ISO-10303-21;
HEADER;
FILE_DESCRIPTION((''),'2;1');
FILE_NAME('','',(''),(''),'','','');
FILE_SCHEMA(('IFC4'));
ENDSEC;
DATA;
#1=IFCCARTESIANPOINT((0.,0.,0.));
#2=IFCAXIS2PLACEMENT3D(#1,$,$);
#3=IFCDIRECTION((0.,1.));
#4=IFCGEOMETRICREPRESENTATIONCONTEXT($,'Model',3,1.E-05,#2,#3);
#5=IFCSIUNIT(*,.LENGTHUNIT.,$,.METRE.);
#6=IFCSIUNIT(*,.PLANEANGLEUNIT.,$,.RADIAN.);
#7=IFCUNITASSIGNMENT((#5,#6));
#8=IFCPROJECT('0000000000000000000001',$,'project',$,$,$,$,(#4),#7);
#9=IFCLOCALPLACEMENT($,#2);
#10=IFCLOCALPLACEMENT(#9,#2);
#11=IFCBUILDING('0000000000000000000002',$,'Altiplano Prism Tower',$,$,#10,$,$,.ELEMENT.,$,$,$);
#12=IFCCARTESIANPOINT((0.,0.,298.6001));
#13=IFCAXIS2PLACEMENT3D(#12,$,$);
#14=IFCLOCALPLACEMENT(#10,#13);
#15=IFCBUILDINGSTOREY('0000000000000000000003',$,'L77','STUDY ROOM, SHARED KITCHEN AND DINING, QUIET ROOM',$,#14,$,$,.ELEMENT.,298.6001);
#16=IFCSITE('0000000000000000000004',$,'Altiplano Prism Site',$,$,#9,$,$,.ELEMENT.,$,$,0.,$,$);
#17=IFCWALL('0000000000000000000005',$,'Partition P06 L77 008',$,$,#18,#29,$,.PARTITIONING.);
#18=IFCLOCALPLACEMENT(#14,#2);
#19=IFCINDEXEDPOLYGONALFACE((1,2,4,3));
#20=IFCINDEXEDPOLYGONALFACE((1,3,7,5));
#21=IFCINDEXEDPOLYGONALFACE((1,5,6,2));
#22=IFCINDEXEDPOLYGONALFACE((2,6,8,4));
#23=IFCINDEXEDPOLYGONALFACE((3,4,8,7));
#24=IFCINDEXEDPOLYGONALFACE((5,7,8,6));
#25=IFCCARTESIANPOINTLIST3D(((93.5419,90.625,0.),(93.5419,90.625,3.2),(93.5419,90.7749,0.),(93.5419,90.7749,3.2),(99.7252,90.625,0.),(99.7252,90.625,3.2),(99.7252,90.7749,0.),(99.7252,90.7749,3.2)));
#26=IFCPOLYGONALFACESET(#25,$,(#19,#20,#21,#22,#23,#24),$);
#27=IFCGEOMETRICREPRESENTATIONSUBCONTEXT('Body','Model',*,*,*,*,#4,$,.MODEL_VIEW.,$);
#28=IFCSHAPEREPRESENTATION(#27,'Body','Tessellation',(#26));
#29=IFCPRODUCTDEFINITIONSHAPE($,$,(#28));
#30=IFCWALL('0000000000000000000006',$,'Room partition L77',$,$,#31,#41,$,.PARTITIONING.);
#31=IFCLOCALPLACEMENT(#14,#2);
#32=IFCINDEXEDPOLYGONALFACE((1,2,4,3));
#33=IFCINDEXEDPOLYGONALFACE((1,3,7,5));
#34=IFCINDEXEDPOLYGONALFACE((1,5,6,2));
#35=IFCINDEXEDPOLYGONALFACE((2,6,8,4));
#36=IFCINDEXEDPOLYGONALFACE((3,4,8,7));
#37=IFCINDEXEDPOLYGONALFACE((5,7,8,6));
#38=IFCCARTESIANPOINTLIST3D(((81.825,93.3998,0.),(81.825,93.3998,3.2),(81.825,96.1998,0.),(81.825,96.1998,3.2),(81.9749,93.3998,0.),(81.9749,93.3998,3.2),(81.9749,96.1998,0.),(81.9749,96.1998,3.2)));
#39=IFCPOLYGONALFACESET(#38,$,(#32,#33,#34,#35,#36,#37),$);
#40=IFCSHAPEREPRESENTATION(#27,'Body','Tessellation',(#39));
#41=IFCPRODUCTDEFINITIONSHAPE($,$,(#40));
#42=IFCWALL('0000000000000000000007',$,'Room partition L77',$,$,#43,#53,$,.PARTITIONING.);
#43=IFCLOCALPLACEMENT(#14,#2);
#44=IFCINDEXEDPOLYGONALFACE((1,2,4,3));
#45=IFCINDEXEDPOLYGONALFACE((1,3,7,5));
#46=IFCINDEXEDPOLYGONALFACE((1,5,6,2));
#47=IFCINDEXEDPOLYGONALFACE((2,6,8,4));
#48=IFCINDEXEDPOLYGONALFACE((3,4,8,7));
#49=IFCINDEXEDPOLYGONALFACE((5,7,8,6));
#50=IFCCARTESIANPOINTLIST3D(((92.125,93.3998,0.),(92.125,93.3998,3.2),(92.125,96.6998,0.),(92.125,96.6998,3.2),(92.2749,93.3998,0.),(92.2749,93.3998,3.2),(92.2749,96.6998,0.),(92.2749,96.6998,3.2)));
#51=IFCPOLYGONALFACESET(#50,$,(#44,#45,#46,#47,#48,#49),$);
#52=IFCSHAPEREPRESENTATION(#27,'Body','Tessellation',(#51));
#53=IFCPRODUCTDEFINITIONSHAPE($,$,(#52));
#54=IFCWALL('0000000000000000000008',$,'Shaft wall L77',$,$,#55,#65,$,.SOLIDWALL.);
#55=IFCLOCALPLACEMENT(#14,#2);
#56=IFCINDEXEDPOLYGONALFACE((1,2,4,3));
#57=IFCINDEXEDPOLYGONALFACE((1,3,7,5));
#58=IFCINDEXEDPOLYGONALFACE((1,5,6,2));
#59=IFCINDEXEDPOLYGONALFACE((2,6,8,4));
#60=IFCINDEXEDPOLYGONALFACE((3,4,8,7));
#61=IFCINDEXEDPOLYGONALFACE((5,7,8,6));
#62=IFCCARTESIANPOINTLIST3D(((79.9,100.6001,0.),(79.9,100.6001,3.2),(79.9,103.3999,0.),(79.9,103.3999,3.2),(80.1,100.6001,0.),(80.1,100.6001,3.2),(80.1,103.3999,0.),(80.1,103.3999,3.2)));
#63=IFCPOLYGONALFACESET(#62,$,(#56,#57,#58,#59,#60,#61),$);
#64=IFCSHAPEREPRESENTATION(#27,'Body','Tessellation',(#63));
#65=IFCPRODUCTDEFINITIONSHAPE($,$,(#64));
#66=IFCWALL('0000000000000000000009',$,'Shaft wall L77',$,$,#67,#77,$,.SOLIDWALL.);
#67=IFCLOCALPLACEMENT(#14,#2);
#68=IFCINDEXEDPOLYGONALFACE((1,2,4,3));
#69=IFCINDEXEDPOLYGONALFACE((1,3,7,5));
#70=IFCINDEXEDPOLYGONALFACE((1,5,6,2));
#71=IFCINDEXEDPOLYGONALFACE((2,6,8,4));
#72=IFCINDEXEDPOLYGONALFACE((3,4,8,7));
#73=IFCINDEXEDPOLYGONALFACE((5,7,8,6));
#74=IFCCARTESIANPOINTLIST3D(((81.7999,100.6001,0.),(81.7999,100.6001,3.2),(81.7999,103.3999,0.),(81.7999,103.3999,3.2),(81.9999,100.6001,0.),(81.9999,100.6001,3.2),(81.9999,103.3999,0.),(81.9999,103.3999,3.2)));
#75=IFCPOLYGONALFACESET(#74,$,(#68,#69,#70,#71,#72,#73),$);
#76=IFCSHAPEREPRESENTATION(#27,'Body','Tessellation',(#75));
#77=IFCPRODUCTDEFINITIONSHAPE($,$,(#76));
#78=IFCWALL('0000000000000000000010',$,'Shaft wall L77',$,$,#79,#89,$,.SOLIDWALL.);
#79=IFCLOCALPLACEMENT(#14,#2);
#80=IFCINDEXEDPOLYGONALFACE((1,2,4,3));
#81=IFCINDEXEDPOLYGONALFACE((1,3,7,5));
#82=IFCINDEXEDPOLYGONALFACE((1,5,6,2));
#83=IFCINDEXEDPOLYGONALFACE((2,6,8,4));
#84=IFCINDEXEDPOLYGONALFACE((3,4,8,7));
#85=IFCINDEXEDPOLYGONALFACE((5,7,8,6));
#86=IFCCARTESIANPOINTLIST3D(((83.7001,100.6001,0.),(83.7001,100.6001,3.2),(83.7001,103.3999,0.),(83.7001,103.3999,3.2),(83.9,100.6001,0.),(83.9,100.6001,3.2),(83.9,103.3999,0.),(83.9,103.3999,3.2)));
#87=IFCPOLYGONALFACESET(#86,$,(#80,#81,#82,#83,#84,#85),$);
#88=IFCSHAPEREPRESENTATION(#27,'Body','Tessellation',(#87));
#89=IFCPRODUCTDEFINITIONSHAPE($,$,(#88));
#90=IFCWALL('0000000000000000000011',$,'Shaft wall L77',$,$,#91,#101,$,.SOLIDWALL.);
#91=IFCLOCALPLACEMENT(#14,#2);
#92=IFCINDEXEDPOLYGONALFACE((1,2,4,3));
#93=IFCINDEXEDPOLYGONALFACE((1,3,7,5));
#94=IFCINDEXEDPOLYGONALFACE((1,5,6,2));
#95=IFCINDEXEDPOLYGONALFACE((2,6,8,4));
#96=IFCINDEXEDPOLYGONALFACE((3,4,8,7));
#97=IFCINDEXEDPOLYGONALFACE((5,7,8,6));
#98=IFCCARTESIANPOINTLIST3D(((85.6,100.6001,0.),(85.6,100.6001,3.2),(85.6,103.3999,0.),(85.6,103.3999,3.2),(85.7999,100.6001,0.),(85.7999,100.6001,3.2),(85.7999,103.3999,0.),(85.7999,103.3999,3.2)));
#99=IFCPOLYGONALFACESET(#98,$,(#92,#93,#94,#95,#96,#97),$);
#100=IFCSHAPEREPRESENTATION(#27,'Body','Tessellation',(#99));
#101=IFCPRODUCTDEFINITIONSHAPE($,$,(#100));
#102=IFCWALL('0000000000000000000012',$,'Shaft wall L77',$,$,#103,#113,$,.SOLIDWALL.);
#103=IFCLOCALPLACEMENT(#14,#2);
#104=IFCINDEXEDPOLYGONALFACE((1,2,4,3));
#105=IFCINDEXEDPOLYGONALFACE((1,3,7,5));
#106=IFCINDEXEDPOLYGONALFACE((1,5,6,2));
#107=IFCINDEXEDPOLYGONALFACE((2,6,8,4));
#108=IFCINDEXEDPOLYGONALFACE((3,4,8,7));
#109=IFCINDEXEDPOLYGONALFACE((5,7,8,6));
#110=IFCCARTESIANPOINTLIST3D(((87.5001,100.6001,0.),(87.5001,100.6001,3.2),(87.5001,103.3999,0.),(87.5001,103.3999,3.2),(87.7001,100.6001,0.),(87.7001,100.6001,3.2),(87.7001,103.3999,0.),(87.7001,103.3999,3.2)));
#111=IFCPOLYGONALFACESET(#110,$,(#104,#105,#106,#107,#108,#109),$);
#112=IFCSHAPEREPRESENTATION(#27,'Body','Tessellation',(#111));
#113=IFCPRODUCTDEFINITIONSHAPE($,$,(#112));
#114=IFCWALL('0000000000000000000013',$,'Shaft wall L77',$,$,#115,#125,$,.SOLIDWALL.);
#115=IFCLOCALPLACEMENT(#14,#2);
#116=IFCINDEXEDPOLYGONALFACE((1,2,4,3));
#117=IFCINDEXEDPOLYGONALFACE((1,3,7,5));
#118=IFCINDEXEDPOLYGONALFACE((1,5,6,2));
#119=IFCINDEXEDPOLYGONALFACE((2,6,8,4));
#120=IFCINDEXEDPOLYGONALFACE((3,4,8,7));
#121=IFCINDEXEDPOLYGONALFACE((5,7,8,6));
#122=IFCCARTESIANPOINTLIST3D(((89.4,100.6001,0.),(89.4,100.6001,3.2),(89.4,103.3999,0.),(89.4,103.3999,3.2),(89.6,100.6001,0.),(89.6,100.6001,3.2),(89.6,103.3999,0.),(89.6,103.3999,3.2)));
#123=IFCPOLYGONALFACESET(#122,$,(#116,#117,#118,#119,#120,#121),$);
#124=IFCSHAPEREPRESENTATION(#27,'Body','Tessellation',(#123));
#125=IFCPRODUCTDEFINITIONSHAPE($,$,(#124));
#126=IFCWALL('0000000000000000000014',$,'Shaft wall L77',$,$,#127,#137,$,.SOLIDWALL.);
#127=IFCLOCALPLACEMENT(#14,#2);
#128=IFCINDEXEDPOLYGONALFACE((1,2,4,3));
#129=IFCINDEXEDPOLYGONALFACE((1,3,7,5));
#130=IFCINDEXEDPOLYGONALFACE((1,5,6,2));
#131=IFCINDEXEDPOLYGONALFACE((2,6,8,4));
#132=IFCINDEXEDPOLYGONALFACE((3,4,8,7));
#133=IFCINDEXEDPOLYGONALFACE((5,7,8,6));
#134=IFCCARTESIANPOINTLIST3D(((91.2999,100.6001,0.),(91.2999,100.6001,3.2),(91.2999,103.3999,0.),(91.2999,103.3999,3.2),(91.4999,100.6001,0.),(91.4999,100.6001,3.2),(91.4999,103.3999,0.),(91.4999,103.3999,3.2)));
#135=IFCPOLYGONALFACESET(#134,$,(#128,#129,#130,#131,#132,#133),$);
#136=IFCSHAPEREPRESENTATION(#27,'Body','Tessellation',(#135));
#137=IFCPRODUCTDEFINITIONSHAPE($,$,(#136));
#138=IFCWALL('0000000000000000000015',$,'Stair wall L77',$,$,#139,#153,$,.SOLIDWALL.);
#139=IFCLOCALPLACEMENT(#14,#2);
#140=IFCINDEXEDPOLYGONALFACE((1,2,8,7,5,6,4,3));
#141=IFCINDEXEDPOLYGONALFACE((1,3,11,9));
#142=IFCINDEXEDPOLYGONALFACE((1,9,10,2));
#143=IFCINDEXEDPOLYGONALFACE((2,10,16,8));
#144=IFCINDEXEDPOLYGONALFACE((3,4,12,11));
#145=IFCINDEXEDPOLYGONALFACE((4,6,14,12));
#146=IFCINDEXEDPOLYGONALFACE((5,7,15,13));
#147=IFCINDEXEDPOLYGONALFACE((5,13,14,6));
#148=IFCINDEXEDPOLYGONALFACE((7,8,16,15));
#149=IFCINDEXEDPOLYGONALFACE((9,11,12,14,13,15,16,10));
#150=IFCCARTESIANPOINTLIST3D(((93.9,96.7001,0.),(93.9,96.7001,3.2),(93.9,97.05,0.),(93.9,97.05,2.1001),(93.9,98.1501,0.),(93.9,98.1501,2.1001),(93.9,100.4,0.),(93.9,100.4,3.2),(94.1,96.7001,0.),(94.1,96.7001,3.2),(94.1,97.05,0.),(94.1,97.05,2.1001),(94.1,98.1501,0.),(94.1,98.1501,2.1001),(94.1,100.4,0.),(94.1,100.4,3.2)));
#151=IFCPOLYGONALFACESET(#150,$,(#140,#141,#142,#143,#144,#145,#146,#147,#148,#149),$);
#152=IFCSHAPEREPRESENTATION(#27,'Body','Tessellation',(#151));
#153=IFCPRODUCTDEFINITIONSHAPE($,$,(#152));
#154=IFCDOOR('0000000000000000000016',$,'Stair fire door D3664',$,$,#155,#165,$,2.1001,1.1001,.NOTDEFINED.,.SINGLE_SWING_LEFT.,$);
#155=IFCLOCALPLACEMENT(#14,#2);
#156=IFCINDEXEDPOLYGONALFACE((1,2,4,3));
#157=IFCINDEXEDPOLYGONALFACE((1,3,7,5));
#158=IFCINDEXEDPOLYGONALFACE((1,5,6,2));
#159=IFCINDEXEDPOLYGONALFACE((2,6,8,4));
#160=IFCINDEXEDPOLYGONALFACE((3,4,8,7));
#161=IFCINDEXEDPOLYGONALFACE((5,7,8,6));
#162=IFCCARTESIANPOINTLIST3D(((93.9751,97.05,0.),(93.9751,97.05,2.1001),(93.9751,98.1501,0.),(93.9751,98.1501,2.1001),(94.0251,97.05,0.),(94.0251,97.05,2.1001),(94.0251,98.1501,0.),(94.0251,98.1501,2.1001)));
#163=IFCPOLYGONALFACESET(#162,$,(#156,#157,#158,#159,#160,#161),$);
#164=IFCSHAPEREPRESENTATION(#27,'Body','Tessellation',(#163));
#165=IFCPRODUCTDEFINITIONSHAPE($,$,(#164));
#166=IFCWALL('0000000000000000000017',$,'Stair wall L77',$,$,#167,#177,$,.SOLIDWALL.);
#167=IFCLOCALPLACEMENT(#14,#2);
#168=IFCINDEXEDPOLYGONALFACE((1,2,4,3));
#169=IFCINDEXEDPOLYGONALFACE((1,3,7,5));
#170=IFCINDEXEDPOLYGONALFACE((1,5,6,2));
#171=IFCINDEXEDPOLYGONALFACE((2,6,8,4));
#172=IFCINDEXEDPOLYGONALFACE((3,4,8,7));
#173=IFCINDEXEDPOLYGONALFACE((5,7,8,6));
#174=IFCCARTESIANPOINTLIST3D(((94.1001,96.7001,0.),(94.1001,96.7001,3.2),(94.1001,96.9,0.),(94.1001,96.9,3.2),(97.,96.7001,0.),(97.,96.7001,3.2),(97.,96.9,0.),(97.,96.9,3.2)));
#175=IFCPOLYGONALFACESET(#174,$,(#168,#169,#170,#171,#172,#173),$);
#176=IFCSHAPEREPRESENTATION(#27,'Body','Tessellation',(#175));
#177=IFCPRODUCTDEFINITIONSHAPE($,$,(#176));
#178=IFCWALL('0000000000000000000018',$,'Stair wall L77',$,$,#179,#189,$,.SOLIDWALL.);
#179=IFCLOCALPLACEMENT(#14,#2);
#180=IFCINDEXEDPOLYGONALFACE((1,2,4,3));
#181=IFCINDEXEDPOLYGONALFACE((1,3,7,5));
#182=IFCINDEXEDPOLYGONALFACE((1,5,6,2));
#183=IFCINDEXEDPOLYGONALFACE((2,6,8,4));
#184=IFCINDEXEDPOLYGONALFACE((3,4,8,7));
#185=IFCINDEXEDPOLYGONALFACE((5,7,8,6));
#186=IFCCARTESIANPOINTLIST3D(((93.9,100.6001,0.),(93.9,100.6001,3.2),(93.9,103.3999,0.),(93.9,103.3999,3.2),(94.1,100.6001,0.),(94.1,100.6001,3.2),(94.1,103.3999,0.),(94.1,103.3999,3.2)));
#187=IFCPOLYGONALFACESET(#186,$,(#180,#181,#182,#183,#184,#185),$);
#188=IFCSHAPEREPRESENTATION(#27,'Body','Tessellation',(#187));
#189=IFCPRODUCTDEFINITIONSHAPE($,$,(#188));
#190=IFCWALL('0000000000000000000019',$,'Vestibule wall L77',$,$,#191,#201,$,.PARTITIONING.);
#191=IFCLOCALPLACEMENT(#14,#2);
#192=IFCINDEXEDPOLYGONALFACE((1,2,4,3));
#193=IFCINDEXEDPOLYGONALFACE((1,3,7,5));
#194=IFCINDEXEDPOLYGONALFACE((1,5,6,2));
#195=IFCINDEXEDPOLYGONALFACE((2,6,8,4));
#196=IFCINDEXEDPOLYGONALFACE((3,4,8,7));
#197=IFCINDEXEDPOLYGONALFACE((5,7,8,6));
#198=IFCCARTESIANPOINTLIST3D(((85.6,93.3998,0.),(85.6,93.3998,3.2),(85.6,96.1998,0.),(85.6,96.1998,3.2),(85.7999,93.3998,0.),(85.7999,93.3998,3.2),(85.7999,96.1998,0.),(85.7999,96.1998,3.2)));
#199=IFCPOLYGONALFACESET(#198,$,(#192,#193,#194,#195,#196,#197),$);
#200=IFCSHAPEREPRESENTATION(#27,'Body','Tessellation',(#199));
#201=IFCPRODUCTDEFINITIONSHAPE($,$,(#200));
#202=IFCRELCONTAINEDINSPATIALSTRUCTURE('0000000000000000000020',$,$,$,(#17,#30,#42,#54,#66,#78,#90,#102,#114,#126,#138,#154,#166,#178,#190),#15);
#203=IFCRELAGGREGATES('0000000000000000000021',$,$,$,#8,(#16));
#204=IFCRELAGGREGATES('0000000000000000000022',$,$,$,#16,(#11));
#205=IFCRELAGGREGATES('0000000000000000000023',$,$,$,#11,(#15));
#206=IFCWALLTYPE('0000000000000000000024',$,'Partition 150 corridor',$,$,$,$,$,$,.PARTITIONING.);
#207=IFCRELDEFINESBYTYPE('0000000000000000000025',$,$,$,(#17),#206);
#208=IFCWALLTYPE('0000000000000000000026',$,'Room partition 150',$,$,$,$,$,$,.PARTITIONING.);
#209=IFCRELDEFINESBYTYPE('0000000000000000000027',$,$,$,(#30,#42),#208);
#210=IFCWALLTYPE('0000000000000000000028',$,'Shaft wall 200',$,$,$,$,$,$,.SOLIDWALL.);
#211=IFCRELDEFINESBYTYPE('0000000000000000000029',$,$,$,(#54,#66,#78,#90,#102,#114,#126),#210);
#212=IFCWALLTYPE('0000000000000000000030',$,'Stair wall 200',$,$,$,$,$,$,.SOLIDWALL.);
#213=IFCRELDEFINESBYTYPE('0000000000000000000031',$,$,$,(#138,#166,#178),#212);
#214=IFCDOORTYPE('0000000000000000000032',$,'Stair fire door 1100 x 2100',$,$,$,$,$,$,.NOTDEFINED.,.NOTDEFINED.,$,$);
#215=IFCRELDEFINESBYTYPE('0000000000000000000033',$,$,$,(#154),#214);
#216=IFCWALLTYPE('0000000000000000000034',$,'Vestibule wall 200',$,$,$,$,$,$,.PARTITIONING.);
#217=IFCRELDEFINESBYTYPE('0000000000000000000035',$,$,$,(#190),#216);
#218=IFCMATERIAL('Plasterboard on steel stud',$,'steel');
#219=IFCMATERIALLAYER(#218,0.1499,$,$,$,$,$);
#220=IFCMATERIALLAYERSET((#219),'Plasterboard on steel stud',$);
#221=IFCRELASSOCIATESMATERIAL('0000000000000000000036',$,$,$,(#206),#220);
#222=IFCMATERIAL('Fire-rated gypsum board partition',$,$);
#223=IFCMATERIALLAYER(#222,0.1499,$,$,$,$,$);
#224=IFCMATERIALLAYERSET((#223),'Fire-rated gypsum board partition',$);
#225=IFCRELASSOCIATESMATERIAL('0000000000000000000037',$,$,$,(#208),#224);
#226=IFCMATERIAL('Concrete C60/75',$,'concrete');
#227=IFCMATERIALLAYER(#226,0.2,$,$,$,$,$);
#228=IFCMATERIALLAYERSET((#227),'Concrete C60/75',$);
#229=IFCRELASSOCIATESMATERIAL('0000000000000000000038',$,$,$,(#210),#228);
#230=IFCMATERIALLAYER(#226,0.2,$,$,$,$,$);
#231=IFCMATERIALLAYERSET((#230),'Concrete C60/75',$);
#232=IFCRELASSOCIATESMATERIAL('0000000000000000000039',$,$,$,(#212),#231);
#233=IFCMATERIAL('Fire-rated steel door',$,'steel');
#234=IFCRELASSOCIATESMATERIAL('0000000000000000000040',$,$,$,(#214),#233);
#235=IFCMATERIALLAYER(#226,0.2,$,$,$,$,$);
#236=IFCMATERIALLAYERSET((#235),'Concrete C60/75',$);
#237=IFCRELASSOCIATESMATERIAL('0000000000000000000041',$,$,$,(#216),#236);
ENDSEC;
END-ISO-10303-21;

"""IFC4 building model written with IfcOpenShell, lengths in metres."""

from ifc_helpers import new_model, si_unit, direction, frame, frame_2d, origin, place, context, subcontext, project, spatial, rectangle, extrude, material, layer, layer_set, type_object, element, fill, save


model = new_model("IFC4")

# Units and contexts
model_context = context("Model", 3, precision=1e-05, world=origin(), true_north=direction((0.0, 1.0)))
body_context = subcontext(model_context, "Body", "Model", "MODEL_VIEW")
ifc_project = project(units=[si_unit("LENGTHUNIT", "METRE"), si_unit("PLANEANGLEUNIT", "RADIAN")], contexts=[model_context])

# Site, building, storey
site_placement = place(None, origin())
site = spatial("IfcSite", under=ifc_project, at=site_placement, Name="Altiplano Prism Site", CompositionType="ELEMENT", RefElevation=0.0)
building_placement = place(site_placement, origin())
building = spatial("IfcBuilding", under=site, at=building_placement, Name="Altiplano Prism Tower", CompositionType="ELEMENT")
storey_placement = place(building_placement, frame((0.0, 0.0, 298.6001)))
storey = spatial("IfcBuildingStorey", under=building, at=storey_placement, Name="L77", Description="STUDY ROOM, SHARED KITCHEN AND DINING, QUIET ROOM", CompositionType="ELEMENT", Elevation=298.6001)

# Walls
ifc_material_1 = material(Name="Plasterboard on steel stud", Category="steel")
ifc_layer_1 = layer(ifc_material_1, 0.1499)
ifc_layer_set_1 = layer_set([ifc_layer_1], Name="Plasterboard on steel stud")
wall_type_1 = type_object("IfcWallType", Name="Partition 150 corridor", PredefinedType="PARTITIONING", material=ifc_layer_set_1)
wall_1_placement = place(storey_placement, frame((93.5417, 90.7, 0.0), z_axis=(0.0, 0.0, 1.0), x_axis=(1.0, 0.0, 0.0)))
element("IfcWall", 1, at=wall_1_placement, inside=storey, type_object=wall_type_1, Name="Partition P06 L77 008", PredefinedType="PARTITIONING", context=body_context, shape_type="SweptSolid", body=[
    extrude(rectangle(XDim=6.1833, YDim=0.1499, at=frame_2d((3.0918, 0.0))), origin(), (0.0, 0.0, 1.0), 3.2),
])
ifc_material_2 = material(Name="Fire-rated gypsum board partition")
ifc_layer_2 = layer(ifc_material_2, 0.1499)
ifc_layer_set_2 = layer_set([ifc_layer_2], Name="Fire-rated gypsum board partition")
wall_type_2 = type_object("IfcWallType", Name="Room partition 150", PredefinedType="PARTITIONING", material=ifc_layer_set_2)
wall_2_placement = place(storey_placement, frame((81.8999, 93.3999, 0.0), z_axis=(0.0, 0.0, 1.0), x_axis=(0.0, 1.0, 0.0)))
element("IfcWall", 2, at=wall_2_placement, inside=storey, type_object=wall_type_2, Name="Room partition L77", PredefinedType="PARTITIONING", context=body_context, shape_type="SweptSolid", body=[
    extrude(rectangle(XDim=2.8, YDim=0.1499, at=frame_2d((1.3999, 0.0))), origin(), (0.0, 0.0, 1.0), 3.2),
])
wall_3_placement = place(storey_placement, frame((92.2, 93.3999, 0.0), z_axis=(0.0, 0.0, 1.0), x_axis=(0.0, 1.0, 0.0)))
element("IfcWall", 3, at=wall_3_placement, inside=storey, type_object=wall_type_2, Name="Room partition L77", PredefinedType="PARTITIONING", context=body_context, shape_type="SweptSolid", body=[
    extrude(rectangle(XDim=3.3, YDim=0.1499, at=frame_2d((1.6499, 0.0))), origin(), (0.0, 0.0, 1.0), 3.2),
])
ifc_material_3 = material(Name="Concrete C60/75", Category="concrete")
ifc_layer_3 = layer(ifc_material_3, 0.2)
ifc_layer_set_3 = layer_set([ifc_layer_3], Name="Concrete C60/75")
wall_type_3 = type_object("IfcWallType", Name="Shaft wall 200", PredefinedType="SOLIDWALL", material=ifc_layer_set_3)
for number, where, z_axis, x_axis, name in (
    (4, (80.0, 100.6001, 0.0), (0.0, 0.0, 1.0), (0.0, 1.0, 0.0), "Shaft wall L77"),
    (5, (81.8999, 100.6001, 0.0), (0.0, 0.0, 1.0), (0.0, 1.0, 0.0), "Shaft wall L77"),
    (6, (83.8, 100.6001, 0.0), (0.0, 0.0, 1.0), (0.0, 1.0, 0.0), "Shaft wall L77"),
    (7, (85.7, 100.6001, 0.0), (0.0, 0.0, 1.0), (0.0, 1.0, 0.0), "Shaft wall L77"),
    (8, (87.6001, 100.6001, 0.0), (0.0, 0.0, 1.0), (0.0, 1.0, 0.0), "Shaft wall L77"),
    (9, (89.5, 100.6001, 0.0), (0.0, 0.0, 1.0), (0.0, 1.0, 0.0), "Shaft wall L77"),
    (10, (91.3999, 100.6001, 0.0), (0.0, 0.0, 1.0), (0.0, 1.0, 0.0), "Shaft wall L77"),
):
    element("IfcWall", number, at=place(storey_placement, frame(where, z_axis=z_axis, x_axis=x_axis)), inside=storey, type_object=wall_type_3, Name=name, PredefinedType="SOLIDWALL", context=body_context, shape_type="SweptSolid", body=[
        extrude(rectangle(XDim=2.7998, YDim=0.2, at=frame_2d((1.3999, 0.0))), origin(), (0.0, 0.0, 1.0), 3.2),
    ])

# Wall, opening, door
ifc_layer_4 = layer(ifc_material_3, 0.2)
ifc_layer_set_4 = layer_set([ifc_layer_4], Name="Concrete C60/75")
wall_type_4 = type_object("IfcWallType", Name="Stair wall 200", PredefinedType="SOLIDWALL", material=ifc_layer_set_4)
wall_4_placement = place(storey_placement, frame((94.0, 96.7, 0.0), z_axis=(0.0, 0.0, 1.0), x_axis=(0.0, 1.0, 0.0)))
wall_4 = element("IfcWall", 11, at=wall_4_placement, inside=storey, type_object=wall_type_4, Name="Stair wall L77", PredefinedType="SOLIDWALL", context=body_context, shape_type="SweptSolid", body=[
    extrude(rectangle(XDim=3.7, YDim=0.2, at=frame_2d((1.8501, 0.0))), origin(), (0.0, 0.0, 1.0), 3.2),
])
opening_1_placement = place(wall_4_placement, frame((0.3501, 0.0, 0.0)))
opening_1 = element("IfcOpeningElement", 12, at=opening_1_placement, cuts=wall_4, PredefinedType="OPENING", context=body_context, shape_type="SweptSolid", body=[
    extrude(rectangle(XDim=1.1001, YDim=2.1001, at=frame_2d((0.55, 1.05))), frame((0.0, 0.1104, 0.0), z_axis=(0.0, -1.0, 0.0), x_axis=(1.0, 0.0, 0.0)), (0.0, 0.0, 1.0), 0.2209),
])
ifc_material_4 = material(Name="Fire-rated steel door", Category="steel")
door_type_1 = type_object("IfcDoorType", Name="Stair fire door 1100 x 2100", OperationType="NOTDEFINED", PredefinedType="NOTDEFINED", material=ifc_material_4)
door_1_placement = place(opening_1_placement, origin())
door_1 = element("IfcDoor", 13, at=door_1_placement, inside=storey, type_object=door_type_1, Name="Stair fire door D3664", OperationType="SINGLE_SWING_LEFT", OverallHeight=2.1001, OverallWidth=1.1001, PredefinedType="NOTDEFINED", context=body_context, shape_type="SweptSolid", body=[
    extrude(rectangle(XDim=1.1001, YDim=2.1001, at=frame_2d((0.55, 1.05))), frame((0.0, 0.0249, 0.0), z_axis=(0.0, -1.0, 0.0), x_axis=(1.0, 0.0, 0.0)), (0.0, 0.0, 1.0), 0.05),
])
fill(opening_1, door_1)

# Walls
wall_5_placement = place(storey_placement, frame((94.1001, 96.8, 0.0), z_axis=(0.0, 0.0, 1.0), x_axis=(1.0, 0.0, 0.0)))
element("IfcWall", 14, at=wall_5_placement, inside=storey, type_object=wall_type_4, Name="Stair wall L77", PredefinedType="SOLIDWALL", context=body_context, shape_type="SweptSolid", body=[
    extrude(rectangle(XDim=2.8999, YDim=0.2, at=frame_2d((1.45, 0.0))), origin(), (0.0, 0.0, 1.0), 3.2),
])
wall_6_placement = place(storey_placement, frame((94.0, 100.6001, 0.0), z_axis=(0.0, 0.0, 1.0), x_axis=(0.0, 1.0, 0.0)))
element("IfcWall", 15, at=wall_6_placement, inside=storey, type_object=wall_type_4, Name="Stair wall L77", PredefinedType="SOLIDWALL", context=body_context, shape_type="SweptSolid", body=[
    extrude(rectangle(XDim=2.7998, YDim=0.2, at=frame_2d((1.3999, 0.0))), origin(), (0.0, 0.0, 1.0), 3.2),
])
ifc_layer_5 = layer(ifc_material_3, 0.2)
ifc_layer_set_5 = layer_set([ifc_layer_5], Name="Concrete C60/75")
wall_type_5 = type_object("IfcWallType", Name="Vestibule wall 200", PredefinedType="PARTITIONING", material=ifc_layer_set_5)
wall_7_placement = place(storey_placement, frame((85.7, 93.3999, 0.0), z_axis=(0.0, 0.0, 1.0), x_axis=(0.0, 1.0, 0.0)))
element("IfcWall", 16, at=wall_7_placement, inside=storey, type_object=wall_type_5, Name="Vestibule wall L77", PredefinedType="PARTITIONING", context=body_context, shape_type="SweptSolid", body=[
    extrude(rectangle(XDim=2.8, YDim=0.2, at=frame_2d((1.3999, 0.0))), origin(), (0.0, 0.0, 1.0), 3.2),
])

save(model, "model.ifc")
